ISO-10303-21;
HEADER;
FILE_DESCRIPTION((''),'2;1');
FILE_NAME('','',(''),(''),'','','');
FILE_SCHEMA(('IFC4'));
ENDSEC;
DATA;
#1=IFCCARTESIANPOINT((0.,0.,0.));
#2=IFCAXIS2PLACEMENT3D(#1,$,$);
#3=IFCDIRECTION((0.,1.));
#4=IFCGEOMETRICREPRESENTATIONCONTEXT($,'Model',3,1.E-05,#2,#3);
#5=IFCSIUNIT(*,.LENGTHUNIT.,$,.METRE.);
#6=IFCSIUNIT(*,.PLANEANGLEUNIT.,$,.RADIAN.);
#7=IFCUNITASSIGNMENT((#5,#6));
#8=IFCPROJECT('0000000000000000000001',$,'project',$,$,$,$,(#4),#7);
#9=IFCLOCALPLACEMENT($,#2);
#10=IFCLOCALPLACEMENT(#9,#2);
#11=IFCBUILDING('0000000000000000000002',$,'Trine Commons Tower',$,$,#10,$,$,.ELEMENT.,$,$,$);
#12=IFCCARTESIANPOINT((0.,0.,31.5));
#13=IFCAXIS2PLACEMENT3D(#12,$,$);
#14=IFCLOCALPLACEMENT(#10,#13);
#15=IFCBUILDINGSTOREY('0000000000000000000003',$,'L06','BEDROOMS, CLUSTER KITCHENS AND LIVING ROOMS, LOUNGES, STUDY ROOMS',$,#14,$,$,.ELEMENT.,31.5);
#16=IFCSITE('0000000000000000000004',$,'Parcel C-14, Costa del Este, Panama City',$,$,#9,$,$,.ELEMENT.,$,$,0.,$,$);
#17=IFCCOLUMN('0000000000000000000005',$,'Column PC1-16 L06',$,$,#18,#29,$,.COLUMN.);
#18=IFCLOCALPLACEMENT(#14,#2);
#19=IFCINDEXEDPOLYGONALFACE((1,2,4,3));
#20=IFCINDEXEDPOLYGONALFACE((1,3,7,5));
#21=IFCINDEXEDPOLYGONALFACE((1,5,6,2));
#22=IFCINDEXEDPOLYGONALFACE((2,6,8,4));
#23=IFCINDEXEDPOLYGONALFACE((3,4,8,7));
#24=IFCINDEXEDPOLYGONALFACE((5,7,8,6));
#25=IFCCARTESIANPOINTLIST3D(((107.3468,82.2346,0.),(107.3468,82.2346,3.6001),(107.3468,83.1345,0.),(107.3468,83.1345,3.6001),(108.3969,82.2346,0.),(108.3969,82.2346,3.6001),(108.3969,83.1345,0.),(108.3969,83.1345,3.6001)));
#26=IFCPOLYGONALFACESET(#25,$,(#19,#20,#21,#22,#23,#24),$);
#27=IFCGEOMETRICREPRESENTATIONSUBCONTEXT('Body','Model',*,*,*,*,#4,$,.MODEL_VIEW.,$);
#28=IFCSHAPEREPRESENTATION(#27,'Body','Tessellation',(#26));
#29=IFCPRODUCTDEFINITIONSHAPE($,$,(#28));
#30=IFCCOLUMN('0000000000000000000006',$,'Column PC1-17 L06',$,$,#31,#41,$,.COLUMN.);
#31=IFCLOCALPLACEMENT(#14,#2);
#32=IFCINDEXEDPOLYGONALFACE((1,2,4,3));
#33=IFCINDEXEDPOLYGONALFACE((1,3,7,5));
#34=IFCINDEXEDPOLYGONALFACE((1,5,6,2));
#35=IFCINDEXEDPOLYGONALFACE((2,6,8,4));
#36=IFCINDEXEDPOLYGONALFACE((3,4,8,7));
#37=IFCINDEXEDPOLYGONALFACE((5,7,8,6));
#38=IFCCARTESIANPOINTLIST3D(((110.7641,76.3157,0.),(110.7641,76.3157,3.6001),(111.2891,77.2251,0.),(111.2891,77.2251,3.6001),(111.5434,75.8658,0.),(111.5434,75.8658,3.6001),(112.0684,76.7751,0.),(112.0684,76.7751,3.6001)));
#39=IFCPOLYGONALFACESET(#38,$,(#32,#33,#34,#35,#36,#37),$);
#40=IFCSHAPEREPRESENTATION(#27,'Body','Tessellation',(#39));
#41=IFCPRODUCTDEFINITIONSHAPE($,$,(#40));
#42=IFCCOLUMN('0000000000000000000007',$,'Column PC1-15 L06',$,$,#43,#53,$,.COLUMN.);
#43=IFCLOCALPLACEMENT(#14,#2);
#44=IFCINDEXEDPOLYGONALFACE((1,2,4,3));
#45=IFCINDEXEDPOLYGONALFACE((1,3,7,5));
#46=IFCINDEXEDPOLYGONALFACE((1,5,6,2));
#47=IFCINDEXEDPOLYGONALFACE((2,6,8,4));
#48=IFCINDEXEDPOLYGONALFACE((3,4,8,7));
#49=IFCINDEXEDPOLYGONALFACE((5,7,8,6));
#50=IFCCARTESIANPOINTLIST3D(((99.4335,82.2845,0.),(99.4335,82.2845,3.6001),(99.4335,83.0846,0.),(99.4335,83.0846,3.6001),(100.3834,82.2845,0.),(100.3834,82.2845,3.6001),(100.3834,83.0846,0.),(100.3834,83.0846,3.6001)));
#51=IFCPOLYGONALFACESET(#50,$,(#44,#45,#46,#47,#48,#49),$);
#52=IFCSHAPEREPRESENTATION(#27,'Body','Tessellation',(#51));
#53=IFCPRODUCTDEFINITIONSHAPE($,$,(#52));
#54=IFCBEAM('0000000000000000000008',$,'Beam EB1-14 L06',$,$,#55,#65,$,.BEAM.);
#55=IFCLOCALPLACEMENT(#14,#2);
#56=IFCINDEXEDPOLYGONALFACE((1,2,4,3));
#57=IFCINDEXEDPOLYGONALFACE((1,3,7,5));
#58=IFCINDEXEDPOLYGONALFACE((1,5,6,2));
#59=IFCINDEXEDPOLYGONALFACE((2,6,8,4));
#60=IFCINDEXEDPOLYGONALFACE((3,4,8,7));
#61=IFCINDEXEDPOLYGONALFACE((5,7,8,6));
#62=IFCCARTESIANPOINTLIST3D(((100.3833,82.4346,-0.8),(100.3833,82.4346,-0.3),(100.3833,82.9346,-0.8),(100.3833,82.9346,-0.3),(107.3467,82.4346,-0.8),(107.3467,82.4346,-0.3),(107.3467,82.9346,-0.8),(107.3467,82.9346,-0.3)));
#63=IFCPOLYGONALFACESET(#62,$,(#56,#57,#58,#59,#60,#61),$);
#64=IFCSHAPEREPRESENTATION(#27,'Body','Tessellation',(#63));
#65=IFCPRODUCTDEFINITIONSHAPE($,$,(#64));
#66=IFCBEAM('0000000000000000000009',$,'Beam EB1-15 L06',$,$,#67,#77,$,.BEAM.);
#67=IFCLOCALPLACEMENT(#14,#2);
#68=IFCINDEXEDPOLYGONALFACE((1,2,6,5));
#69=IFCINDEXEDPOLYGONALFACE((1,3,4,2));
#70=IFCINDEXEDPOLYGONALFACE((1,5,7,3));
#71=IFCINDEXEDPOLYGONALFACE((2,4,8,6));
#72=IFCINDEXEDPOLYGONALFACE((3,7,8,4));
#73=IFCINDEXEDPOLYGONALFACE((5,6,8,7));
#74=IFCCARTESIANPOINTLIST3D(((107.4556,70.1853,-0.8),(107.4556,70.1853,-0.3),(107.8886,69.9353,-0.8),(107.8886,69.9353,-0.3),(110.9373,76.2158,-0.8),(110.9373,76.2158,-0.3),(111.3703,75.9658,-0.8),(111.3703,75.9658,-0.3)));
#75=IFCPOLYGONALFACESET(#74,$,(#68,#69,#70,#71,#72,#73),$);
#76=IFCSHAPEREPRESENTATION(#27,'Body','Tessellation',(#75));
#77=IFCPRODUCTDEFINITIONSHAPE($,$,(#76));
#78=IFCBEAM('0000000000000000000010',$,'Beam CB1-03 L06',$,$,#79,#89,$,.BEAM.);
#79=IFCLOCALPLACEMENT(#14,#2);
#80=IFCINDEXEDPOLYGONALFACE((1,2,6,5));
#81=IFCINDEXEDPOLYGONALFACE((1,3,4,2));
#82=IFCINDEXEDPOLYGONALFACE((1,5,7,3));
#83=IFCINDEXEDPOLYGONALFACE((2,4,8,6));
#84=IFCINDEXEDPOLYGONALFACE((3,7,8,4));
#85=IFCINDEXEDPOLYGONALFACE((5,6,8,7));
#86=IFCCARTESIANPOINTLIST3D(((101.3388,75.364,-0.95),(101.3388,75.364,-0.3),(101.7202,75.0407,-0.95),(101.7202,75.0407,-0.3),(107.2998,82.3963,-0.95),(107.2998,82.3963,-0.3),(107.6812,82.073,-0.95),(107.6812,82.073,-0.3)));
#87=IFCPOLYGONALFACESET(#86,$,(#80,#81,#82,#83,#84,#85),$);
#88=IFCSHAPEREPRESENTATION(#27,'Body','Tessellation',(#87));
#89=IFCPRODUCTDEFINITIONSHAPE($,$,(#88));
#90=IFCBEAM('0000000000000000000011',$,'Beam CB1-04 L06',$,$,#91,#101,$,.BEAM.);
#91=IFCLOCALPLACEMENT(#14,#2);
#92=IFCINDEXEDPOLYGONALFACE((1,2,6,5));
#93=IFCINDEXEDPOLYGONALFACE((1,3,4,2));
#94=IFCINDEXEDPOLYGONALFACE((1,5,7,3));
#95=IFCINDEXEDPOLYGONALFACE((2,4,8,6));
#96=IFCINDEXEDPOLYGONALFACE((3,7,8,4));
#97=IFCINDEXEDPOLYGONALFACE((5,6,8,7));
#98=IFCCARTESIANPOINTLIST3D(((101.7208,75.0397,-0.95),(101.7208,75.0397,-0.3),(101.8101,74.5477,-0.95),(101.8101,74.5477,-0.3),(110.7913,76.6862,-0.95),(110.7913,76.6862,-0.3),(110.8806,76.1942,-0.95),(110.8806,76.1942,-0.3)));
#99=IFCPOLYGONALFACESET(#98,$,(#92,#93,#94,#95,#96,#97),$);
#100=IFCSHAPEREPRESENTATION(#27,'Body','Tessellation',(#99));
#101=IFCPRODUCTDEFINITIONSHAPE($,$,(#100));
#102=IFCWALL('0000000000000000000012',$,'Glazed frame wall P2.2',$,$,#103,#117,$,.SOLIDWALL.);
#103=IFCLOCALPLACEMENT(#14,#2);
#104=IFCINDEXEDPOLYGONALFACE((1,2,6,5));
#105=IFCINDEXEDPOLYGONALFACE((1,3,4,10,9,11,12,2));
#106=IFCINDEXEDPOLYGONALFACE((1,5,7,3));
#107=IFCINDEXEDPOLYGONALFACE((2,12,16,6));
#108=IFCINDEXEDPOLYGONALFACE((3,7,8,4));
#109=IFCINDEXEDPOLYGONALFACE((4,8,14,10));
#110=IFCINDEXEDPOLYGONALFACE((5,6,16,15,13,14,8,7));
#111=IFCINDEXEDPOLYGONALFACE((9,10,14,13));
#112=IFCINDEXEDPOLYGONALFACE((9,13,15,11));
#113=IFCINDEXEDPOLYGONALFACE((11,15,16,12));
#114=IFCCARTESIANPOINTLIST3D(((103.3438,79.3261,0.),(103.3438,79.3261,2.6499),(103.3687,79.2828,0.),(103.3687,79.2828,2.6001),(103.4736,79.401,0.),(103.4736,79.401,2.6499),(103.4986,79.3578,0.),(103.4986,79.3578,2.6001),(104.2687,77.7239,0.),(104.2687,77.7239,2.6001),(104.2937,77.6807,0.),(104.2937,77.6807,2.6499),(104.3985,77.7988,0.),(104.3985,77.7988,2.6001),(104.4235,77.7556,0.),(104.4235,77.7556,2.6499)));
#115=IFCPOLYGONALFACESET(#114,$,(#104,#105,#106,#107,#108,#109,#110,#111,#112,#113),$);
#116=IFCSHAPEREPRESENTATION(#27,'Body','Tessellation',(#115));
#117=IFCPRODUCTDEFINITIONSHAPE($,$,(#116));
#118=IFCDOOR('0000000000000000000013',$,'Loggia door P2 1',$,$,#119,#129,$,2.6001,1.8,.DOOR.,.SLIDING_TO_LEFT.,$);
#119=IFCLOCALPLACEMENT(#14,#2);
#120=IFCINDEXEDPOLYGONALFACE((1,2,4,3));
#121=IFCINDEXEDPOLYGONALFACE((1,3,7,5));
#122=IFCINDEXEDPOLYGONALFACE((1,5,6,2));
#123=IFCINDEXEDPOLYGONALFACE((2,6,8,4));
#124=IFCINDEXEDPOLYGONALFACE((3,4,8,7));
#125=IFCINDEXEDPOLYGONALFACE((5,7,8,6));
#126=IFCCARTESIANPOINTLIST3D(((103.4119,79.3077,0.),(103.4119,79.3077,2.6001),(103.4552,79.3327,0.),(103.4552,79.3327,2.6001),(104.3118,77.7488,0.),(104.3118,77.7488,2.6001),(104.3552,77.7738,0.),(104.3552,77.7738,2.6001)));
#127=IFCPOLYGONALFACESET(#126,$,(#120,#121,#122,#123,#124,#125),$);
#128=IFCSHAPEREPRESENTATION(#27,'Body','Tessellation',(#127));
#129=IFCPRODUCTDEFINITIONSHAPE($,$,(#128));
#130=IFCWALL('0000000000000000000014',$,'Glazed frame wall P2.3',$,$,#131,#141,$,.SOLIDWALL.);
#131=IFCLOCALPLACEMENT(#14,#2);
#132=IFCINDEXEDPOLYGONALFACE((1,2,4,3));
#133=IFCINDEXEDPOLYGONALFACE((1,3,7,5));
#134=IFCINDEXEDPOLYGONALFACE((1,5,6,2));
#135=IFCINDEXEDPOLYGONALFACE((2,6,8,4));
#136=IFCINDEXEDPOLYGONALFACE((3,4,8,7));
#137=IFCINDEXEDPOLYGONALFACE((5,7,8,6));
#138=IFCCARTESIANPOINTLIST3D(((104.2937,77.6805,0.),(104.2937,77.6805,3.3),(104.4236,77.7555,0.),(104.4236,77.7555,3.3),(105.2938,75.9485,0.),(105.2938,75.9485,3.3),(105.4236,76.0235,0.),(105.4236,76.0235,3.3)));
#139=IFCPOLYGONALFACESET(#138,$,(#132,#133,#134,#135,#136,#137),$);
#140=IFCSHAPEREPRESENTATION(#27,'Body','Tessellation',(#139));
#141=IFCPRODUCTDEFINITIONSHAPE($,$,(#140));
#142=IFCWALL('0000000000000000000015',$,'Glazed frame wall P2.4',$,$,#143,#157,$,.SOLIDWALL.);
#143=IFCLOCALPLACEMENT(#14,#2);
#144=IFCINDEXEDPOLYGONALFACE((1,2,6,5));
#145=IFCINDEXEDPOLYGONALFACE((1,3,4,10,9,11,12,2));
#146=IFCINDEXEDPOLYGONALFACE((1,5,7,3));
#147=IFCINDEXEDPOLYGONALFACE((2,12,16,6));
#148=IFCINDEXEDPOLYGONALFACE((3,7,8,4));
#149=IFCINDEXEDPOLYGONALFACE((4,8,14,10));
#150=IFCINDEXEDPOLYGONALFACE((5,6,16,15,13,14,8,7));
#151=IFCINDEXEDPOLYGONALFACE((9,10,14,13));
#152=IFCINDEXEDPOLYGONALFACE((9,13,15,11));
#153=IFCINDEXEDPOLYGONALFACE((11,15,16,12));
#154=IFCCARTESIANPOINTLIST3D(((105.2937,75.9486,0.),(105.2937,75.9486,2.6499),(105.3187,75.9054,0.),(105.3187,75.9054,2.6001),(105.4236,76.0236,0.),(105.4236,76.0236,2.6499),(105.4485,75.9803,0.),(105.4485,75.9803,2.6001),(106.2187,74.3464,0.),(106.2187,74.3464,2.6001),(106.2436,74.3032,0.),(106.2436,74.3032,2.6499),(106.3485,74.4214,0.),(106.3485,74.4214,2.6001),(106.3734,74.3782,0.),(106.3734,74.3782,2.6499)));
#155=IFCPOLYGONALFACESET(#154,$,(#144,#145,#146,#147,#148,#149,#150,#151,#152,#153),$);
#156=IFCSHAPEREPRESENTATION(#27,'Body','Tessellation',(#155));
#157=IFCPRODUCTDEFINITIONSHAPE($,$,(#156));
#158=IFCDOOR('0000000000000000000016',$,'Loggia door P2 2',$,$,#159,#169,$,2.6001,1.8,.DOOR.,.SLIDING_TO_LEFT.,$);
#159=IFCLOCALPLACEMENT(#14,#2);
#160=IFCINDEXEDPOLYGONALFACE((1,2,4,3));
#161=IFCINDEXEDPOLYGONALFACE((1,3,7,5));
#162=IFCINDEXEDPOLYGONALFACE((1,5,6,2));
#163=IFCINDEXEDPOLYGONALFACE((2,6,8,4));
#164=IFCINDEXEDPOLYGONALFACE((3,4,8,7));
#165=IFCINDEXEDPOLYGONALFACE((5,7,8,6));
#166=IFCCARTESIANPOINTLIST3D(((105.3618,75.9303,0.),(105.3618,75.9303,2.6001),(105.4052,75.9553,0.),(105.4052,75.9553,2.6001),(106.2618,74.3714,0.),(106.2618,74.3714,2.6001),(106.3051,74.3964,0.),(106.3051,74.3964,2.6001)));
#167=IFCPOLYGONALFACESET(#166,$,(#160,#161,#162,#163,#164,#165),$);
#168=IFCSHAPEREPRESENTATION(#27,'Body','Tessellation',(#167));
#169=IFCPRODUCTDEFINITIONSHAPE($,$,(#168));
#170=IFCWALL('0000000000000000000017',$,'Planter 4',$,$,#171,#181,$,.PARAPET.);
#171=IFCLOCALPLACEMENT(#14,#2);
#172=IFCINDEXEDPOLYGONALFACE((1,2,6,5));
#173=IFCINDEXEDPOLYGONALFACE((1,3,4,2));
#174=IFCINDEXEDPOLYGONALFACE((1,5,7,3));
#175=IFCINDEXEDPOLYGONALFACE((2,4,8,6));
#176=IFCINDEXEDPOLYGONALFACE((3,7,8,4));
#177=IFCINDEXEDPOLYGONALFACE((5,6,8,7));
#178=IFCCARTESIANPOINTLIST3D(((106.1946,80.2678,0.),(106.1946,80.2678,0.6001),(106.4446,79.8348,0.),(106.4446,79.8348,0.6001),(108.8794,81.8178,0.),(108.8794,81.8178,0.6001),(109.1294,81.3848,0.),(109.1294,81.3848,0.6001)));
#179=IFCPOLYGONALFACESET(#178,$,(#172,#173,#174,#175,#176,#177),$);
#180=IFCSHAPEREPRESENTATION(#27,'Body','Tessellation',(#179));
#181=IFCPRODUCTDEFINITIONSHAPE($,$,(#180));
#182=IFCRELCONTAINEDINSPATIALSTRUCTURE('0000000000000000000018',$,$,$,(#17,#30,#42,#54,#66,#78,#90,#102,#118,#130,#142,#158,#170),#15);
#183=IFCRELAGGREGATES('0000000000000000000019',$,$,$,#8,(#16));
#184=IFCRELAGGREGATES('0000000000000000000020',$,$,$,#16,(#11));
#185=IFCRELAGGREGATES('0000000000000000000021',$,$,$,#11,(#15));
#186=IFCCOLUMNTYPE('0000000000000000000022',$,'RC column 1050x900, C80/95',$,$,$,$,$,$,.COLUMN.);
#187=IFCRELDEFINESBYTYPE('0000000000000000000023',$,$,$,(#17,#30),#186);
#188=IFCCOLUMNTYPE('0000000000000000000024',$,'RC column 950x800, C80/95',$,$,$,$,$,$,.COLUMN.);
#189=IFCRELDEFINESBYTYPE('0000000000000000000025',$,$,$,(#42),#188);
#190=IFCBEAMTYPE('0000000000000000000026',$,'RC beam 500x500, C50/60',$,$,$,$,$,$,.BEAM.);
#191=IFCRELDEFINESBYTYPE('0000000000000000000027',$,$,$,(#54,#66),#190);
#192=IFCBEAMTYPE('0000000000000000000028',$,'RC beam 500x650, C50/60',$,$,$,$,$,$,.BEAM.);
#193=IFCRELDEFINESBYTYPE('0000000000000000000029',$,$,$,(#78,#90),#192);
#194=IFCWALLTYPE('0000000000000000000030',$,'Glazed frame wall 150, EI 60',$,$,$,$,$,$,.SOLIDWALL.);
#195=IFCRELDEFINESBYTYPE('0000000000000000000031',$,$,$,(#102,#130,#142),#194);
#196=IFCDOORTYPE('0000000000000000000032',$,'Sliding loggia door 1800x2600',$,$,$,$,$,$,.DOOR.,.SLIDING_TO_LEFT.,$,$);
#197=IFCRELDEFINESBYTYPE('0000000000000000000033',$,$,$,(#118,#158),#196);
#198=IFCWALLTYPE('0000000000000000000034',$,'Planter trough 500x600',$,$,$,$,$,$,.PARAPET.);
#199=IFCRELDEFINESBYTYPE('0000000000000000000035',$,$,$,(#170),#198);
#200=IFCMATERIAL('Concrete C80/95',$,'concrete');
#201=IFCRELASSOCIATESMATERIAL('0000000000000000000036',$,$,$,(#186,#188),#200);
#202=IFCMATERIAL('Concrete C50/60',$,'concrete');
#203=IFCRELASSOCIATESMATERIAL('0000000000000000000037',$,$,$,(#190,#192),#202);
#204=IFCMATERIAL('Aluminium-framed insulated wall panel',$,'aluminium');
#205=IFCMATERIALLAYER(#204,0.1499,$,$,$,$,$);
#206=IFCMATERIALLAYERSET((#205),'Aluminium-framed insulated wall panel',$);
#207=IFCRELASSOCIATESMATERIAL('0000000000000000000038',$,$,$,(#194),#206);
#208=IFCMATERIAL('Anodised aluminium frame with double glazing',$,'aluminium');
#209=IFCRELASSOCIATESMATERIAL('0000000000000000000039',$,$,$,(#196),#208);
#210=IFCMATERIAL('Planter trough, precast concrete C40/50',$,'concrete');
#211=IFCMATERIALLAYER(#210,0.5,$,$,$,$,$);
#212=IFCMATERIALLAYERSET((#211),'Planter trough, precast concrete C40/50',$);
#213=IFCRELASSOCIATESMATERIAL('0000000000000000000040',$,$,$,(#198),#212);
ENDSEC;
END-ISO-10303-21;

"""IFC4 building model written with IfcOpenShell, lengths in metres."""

from ifc_helpers import new_model, si_unit, direction, frame, frame_2d, origin, origin_2d, place, context, subcontext, project, spatial, polyline, rectangle, outline, extrude, material, layer, layer_set, material_profile, profile_set, type_object, element, fill, save


model = new_model("IFC4")

# Units and contexts
model_context = context("Model", 3, precision=1e-05, world=origin(), true_north=direction((0.0, 1.0)))
body_context = subcontext(model_context, "Body", "Model", "MODEL_VIEW")
ifc_project = project(units=[si_unit("LENGTHUNIT", "METRE"), si_unit("PLANEANGLEUNIT", "RADIAN")], contexts=[model_context])

# Site, building, storey
site_placement = place(None, origin())
site = spatial("IfcSite", under=ifc_project, at=site_placement, Name="Parcel C-14, Costa del Este, Panama City", CompositionType="ELEMENT", RefElevation=0.0)
building_placement = place(site_placement, origin())
building = spatial("IfcBuilding", under=site, at=building_placement, Name="Trine Commons Tower", CompositionType="ELEMENT")
storey_placement = place(building_placement, frame((0.0, 0.0, 31.5)))
storey = spatial("IfcBuildingStorey", under=building, at=storey_placement, Name="L06", Description="BEDROOMS, CLUSTER KITCHENS AND LIVING ROOMS, LOUNGES, STUDY ROOMS", CompositionType="ELEMENT", Elevation=31.5)

# Columns
ifc_material_1 = material(Name="Concrete C80/95", Category="concrete")
ifc_material_profile_1 = material_profile(ifc_material_1, rectangle(XDim=1.05, YDim=0.8999, at=origin_2d()), Name="RC 1050x900")
ifc_profile_set_1 = profile_set([ifc_material_profile_1], Name="Concrete C80/95")
column_type_1 = type_object("IfcColumnType", Name="RC column 1050x900, C80/95", PredefinedType="COLUMN", material=ifc_profile_set_1)
for number, where, z_axis, x_axis, name in (
    (1, (107.8718, 82.6846, 0.0), (0.0, 0.0, 1.0), (1.0, 0.0, 0.0), "Column PC1-16 L06"),
    (2, (111.4163, 76.5454, 0.0), (0.0, 0.0, 1.0), (0.5, 0.866025, 0.0), "Column PC1-17 L06"),
):
    element("IfcColumn", number, at=place(storey_placement, frame(where, z_axis=z_axis, x_axis=x_axis)), inside=storey, type_object=column_type_1, Name=name, PredefinedType="COLUMN", context=body_context, shape_type="SweptSolid", body=[
        extrude(rectangle(XDim=1.05, YDim=0.8999, at=origin_2d()), origin(), (0.0, 0.0, 1.0), 3.6001),
    ])
ifc_material_profile_2 = material_profile(ifc_material_1, rectangle(XDim=0.95, YDim=0.8, at=origin_2d()), Name="RC 950x800")
ifc_profile_set_2 = profile_set([ifc_material_profile_2], Name="Concrete C80/95")
column_type_2 = type_object("IfcColumnType", Name="RC column 950x800, C80/95", PredefinedType="COLUMN", material=ifc_profile_set_2)
column_placement = place(storey_placement, frame((99.9084, 82.6846, 0.0), z_axis=(0.0, 0.0, 1.0), x_axis=(1.0, 0.0, 0.0)))
element("IfcColumn", 3, at=column_placement, inside=storey, type_object=column_type_2, Name="Column PC1-15 L06", PredefinedType="COLUMN", context=body_context, shape_type="SweptSolid", body=[
    extrude(rectangle(XDim=0.95, YDim=0.8, at=origin_2d()), origin(), (0.0, 0.0, 1.0), 3.6001),
])

# Beams
ifc_material_2 = material(Name="Concrete C50/60", Category="concrete")
ifc_material_profile_3 = material_profile(ifc_material_2, rectangle(XDim=0.5, YDim=0.5, at=origin_2d()), Name="RC 500x500")
ifc_profile_set_3 = profile_set([ifc_material_profile_3], Name="Concrete C50/60")
beam_type_1 = type_object("IfcBeamType", Name="RC beam 500x500, C50/60", PredefinedType="BEAM", material=ifc_profile_set_3)
for number, where, z_axis, x_axis, name in (
    (4, (100.3833, 82.6846, -0.55), (1.0, 0.0, 0.0), (0.0, 1.0, 0.0), "Beam EB1-14 L06"),
    (5, (111.1538, 76.0908, -0.55), (-0.499997, -0.866027, 0.0), (0.866027, -0.499997, 0.0), "Beam EB1-15 L06"),
):
    element("IfcBeam", number, at=place(storey_placement, frame(where, z_axis=z_axis, x_axis=x_axis)), inside=storey, type_object=beam_type_1, Name=name, PredefinedType="BEAM", context=body_context, shape_type="SweptSolid", body=[
        extrude(rectangle(XDim=0.5, YDim=0.5, at=origin_2d()), origin(), (0.0, 0.0, 1.0), 6.9634),
    ])
ifc_material_profile_4 = material_profile(ifc_material_2, rectangle(XDim=0.5, YDim=0.6499, at=origin_2d()), Name="RC 500x650")
ifc_profile_set_4 = profile_set([ifc_material_profile_4], Name="Concrete C50/60")
beam_type_2 = type_object("IfcBeamType", Name="RC beam 500x650, C50/60", PredefinedType="BEAM", material=ifc_profile_set_4)
for number, where, z_axis, x_axis, name in (
    (6, (107.4905, 82.2346, -0.625), (-0.646612, -0.762819, 0.0), (0.762819, -0.646612, 0.0), "Beam CB1-03 L06"),
    (7, (110.8359, 76.4402, -0.625), (-0.983922, -0.178601, 0.0), (0.178601, -0.983922, 0.0), "Beam CB1-04 L06"),
):
    element("IfcBeam", number, at=place(storey_placement, frame(where, z_axis=z_axis, x_axis=x_axis)), inside=storey, type_object=beam_type_2, Name=name, PredefinedType="BEAM", context=body_context, shape_type="SweptSolid", body=[
        extrude(rectangle(XDim=0.5, YDim=0.6499, at=origin_2d()), origin(), (0.0, 0.0, 1.0), 9.2188),
    ])

# Shared definitions
ifc_material_3 = material(Name="Aluminium-framed insulated wall panel", Category="aluminium")
ifc_layer_1 = layer(ifc_material_3, 0.1499)
ifc_layer_set_1 = layer_set([ifc_layer_1], Name="Aluminium-framed insulated wall panel")
wall_type_1 = type_object("IfcWallType", Name="Glazed frame wall 150, EI 60", PredefinedType="SOLIDWALL", material=ifc_layer_set_1)

# Wall, opening, door
wall_1_placement = place(storey_placement, frame((103.4087, 79.3635, 0.0), z_axis=(0.0, 0.0, 1.0), x_axis=(0.499967, -0.866044, 0.0)))
wall_1 = element("IfcWall", 8, at=wall_1_placement, inside=storey, type_object=wall_type_1, Name="Glazed frame wall P2.2", PredefinedType="SOLIDWALL", context=body_context, shape_type="SweptSolid", body=[
    extrude(outline(polyline([(0.0, -0.075), (1.8999, -0.075), (1.8999, 0.075), (0.0, 0.075), (0.0, -0.075)])), origin(), (0.0, 0.0, 1.0), 2.6499),
])
opening_1_placement = place(wall_1_placement, frame((0.05, 0.0, 0.0)))
opening_1 = element("IfcOpeningElement", 9, at=opening_1_placement, cuts=wall_1, PredefinedType="OPENING", context=body_context, shape_type="SweptSolid", body=[
    extrude(rectangle(XDim=1.8, YDim=2.6001, at=frame_2d((0.8999, 1.3))), frame((0.0, 0.085, 0.0), z_axis=(0.0, -1.0, 0.0), x_axis=(1.0, 0.0, 0.0)), (0.0, 0.0, 1.0), 0.1699),
])
ifc_material_4 = material(Name="Anodised aluminium frame with double glazing", Category="aluminium")
door_type_1 = type_object("IfcDoorType", Name="Sliding loggia door 1800x2600", OperationType="SLIDING_TO_LEFT", PredefinedType="DOOR", material=ifc_material_4)
door_1_placement = place(opening_1_placement, origin())
door_1 = element("IfcDoor", 10, at=door_1_placement, inside=storey, type_object=door_type_1, Name="Loggia door P2 1", OperationType="SLIDING_TO_LEFT", OverallHeight=2.6001, OverallWidth=1.8, PredefinedType="DOOR", context=body_context, shape_type="SweptSolid", body=[
    extrude(rectangle(XDim=1.8, YDim=2.6001, at=frame_2d((0.8999, 1.3))), frame((0.0, 0.0249, 0.0), z_axis=(0.0, -1.0, 0.0), x_axis=(1.0, 0.0, 0.0)), (0.0, 0.0, 1.0), 0.05),
])
fill(opening_1, door_1)

# Wall
wall_2_placement = place(storey_placement, frame((104.3586, 77.718, 0.0), z_axis=(0.0, 0.0, 1.0), x_axis=(0.500025, -0.866011, 0.0)))
element("IfcWall", 11, at=wall_2_placement, inside=storey, type_object=wall_type_1, Name="Glazed frame wall P2.3", PredefinedType="SOLIDWALL", context=body_context, shape_type="SweptSolid", body=[
    extrude(outline(polyline([(0.0, -0.075), (2.0, -0.075), (2.0, 0.075), (0.0, 0.075), (0.0, -0.075)])), origin(), (0.0, 0.0, 1.0), 3.3),
])

# Wall, opening, door
wall_3_placement = place(storey_placement, frame((105.3586, 75.9861, 0.0), z_axis=(0.0, 0.0, 1.0), x_axis=(0.499967, -0.866044, 0.0)))
wall_3 = element("IfcWall", 12, at=wall_3_placement, inside=storey, type_object=wall_type_1, Name="Glazed frame wall P2.4", PredefinedType="SOLIDWALL", context=body_context, shape_type="SweptSolid", body=[
    extrude(outline(polyline([(0.0, -0.075), (1.8999, -0.075), (1.8999, 0.075), (0.0, 0.075), (0.0, -0.075)])), origin(), (0.0, 0.0, 1.0), 2.6499),
])
opening_2_placement = place(wall_3_placement, frame((0.05, 0.0, 0.0)))
opening_2 = element("IfcOpeningElement", 13, at=opening_2_placement, cuts=wall_3, PredefinedType="OPENING", context=body_context, shape_type="SweptSolid", body=[
    extrude(rectangle(XDim=1.8, YDim=2.6001, at=frame_2d((0.8999, 1.3))), frame((0.0, 0.085, 0.0), z_axis=(0.0, -1.0, 0.0), x_axis=(1.0, 0.0, 0.0)), (0.0, 0.0, 1.0), 0.1699),
])
door_2_placement = place(opening_2_placement, origin())
door_2 = element("IfcDoor", 14, at=door_2_placement, inside=storey, type_object=door_type_1, Name="Loggia door P2 2", OperationType="SLIDING_TO_LEFT", OverallHeight=2.6001, OverallWidth=1.8, PredefinedType="DOOR", context=body_context, shape_type="SweptSolid", body=[
    extrude(rectangle(XDim=1.8, YDim=2.6001, at=frame_2d((0.8999, 1.3))), frame((0.0, 0.0249, 0.0), z_axis=(0.0, -1.0, 0.0), x_axis=(1.0, 0.0, 0.0)), (0.0, 0.0, 1.0), 0.05),
])
fill(opening_2, door_2)

# Wall
ifc_material_5 = material(Name="Planter trough, precast concrete C40/50", Category="concrete")
ifc_layer_2 = layer(ifc_material_5, 0.5)
ifc_layer_set_2 = layer_set([ifc_layer_2], Name="Planter trough, precast concrete C40/50")
wall_type_2 = type_object("IfcWallType", Name="Planter trough 500x600", PredefinedType="PARAPET", material=ifc_layer_set_2)
wall_4_placement = place(storey_placement, frame((109.0044, 81.6013, 0.0), z_axis=(0.0, 0.0, 1.0), x_axis=(-0.86603, -0.499993, 0.0)))
element("IfcWall", 15, at=wall_4_placement, inside=storey, type_object=wall_type_2, Name="Planter 4", PredefinedType="PARAPET", context=body_context, shape_type="SweptSolid", body=[
    extrude(rectangle(XDim=3.1001, YDim=0.5, at=frame_2d((1.55, 0.0))), origin(), (0.0, 0.0, 1.0), 0.6001),
])

save(model, "model.ifc")
